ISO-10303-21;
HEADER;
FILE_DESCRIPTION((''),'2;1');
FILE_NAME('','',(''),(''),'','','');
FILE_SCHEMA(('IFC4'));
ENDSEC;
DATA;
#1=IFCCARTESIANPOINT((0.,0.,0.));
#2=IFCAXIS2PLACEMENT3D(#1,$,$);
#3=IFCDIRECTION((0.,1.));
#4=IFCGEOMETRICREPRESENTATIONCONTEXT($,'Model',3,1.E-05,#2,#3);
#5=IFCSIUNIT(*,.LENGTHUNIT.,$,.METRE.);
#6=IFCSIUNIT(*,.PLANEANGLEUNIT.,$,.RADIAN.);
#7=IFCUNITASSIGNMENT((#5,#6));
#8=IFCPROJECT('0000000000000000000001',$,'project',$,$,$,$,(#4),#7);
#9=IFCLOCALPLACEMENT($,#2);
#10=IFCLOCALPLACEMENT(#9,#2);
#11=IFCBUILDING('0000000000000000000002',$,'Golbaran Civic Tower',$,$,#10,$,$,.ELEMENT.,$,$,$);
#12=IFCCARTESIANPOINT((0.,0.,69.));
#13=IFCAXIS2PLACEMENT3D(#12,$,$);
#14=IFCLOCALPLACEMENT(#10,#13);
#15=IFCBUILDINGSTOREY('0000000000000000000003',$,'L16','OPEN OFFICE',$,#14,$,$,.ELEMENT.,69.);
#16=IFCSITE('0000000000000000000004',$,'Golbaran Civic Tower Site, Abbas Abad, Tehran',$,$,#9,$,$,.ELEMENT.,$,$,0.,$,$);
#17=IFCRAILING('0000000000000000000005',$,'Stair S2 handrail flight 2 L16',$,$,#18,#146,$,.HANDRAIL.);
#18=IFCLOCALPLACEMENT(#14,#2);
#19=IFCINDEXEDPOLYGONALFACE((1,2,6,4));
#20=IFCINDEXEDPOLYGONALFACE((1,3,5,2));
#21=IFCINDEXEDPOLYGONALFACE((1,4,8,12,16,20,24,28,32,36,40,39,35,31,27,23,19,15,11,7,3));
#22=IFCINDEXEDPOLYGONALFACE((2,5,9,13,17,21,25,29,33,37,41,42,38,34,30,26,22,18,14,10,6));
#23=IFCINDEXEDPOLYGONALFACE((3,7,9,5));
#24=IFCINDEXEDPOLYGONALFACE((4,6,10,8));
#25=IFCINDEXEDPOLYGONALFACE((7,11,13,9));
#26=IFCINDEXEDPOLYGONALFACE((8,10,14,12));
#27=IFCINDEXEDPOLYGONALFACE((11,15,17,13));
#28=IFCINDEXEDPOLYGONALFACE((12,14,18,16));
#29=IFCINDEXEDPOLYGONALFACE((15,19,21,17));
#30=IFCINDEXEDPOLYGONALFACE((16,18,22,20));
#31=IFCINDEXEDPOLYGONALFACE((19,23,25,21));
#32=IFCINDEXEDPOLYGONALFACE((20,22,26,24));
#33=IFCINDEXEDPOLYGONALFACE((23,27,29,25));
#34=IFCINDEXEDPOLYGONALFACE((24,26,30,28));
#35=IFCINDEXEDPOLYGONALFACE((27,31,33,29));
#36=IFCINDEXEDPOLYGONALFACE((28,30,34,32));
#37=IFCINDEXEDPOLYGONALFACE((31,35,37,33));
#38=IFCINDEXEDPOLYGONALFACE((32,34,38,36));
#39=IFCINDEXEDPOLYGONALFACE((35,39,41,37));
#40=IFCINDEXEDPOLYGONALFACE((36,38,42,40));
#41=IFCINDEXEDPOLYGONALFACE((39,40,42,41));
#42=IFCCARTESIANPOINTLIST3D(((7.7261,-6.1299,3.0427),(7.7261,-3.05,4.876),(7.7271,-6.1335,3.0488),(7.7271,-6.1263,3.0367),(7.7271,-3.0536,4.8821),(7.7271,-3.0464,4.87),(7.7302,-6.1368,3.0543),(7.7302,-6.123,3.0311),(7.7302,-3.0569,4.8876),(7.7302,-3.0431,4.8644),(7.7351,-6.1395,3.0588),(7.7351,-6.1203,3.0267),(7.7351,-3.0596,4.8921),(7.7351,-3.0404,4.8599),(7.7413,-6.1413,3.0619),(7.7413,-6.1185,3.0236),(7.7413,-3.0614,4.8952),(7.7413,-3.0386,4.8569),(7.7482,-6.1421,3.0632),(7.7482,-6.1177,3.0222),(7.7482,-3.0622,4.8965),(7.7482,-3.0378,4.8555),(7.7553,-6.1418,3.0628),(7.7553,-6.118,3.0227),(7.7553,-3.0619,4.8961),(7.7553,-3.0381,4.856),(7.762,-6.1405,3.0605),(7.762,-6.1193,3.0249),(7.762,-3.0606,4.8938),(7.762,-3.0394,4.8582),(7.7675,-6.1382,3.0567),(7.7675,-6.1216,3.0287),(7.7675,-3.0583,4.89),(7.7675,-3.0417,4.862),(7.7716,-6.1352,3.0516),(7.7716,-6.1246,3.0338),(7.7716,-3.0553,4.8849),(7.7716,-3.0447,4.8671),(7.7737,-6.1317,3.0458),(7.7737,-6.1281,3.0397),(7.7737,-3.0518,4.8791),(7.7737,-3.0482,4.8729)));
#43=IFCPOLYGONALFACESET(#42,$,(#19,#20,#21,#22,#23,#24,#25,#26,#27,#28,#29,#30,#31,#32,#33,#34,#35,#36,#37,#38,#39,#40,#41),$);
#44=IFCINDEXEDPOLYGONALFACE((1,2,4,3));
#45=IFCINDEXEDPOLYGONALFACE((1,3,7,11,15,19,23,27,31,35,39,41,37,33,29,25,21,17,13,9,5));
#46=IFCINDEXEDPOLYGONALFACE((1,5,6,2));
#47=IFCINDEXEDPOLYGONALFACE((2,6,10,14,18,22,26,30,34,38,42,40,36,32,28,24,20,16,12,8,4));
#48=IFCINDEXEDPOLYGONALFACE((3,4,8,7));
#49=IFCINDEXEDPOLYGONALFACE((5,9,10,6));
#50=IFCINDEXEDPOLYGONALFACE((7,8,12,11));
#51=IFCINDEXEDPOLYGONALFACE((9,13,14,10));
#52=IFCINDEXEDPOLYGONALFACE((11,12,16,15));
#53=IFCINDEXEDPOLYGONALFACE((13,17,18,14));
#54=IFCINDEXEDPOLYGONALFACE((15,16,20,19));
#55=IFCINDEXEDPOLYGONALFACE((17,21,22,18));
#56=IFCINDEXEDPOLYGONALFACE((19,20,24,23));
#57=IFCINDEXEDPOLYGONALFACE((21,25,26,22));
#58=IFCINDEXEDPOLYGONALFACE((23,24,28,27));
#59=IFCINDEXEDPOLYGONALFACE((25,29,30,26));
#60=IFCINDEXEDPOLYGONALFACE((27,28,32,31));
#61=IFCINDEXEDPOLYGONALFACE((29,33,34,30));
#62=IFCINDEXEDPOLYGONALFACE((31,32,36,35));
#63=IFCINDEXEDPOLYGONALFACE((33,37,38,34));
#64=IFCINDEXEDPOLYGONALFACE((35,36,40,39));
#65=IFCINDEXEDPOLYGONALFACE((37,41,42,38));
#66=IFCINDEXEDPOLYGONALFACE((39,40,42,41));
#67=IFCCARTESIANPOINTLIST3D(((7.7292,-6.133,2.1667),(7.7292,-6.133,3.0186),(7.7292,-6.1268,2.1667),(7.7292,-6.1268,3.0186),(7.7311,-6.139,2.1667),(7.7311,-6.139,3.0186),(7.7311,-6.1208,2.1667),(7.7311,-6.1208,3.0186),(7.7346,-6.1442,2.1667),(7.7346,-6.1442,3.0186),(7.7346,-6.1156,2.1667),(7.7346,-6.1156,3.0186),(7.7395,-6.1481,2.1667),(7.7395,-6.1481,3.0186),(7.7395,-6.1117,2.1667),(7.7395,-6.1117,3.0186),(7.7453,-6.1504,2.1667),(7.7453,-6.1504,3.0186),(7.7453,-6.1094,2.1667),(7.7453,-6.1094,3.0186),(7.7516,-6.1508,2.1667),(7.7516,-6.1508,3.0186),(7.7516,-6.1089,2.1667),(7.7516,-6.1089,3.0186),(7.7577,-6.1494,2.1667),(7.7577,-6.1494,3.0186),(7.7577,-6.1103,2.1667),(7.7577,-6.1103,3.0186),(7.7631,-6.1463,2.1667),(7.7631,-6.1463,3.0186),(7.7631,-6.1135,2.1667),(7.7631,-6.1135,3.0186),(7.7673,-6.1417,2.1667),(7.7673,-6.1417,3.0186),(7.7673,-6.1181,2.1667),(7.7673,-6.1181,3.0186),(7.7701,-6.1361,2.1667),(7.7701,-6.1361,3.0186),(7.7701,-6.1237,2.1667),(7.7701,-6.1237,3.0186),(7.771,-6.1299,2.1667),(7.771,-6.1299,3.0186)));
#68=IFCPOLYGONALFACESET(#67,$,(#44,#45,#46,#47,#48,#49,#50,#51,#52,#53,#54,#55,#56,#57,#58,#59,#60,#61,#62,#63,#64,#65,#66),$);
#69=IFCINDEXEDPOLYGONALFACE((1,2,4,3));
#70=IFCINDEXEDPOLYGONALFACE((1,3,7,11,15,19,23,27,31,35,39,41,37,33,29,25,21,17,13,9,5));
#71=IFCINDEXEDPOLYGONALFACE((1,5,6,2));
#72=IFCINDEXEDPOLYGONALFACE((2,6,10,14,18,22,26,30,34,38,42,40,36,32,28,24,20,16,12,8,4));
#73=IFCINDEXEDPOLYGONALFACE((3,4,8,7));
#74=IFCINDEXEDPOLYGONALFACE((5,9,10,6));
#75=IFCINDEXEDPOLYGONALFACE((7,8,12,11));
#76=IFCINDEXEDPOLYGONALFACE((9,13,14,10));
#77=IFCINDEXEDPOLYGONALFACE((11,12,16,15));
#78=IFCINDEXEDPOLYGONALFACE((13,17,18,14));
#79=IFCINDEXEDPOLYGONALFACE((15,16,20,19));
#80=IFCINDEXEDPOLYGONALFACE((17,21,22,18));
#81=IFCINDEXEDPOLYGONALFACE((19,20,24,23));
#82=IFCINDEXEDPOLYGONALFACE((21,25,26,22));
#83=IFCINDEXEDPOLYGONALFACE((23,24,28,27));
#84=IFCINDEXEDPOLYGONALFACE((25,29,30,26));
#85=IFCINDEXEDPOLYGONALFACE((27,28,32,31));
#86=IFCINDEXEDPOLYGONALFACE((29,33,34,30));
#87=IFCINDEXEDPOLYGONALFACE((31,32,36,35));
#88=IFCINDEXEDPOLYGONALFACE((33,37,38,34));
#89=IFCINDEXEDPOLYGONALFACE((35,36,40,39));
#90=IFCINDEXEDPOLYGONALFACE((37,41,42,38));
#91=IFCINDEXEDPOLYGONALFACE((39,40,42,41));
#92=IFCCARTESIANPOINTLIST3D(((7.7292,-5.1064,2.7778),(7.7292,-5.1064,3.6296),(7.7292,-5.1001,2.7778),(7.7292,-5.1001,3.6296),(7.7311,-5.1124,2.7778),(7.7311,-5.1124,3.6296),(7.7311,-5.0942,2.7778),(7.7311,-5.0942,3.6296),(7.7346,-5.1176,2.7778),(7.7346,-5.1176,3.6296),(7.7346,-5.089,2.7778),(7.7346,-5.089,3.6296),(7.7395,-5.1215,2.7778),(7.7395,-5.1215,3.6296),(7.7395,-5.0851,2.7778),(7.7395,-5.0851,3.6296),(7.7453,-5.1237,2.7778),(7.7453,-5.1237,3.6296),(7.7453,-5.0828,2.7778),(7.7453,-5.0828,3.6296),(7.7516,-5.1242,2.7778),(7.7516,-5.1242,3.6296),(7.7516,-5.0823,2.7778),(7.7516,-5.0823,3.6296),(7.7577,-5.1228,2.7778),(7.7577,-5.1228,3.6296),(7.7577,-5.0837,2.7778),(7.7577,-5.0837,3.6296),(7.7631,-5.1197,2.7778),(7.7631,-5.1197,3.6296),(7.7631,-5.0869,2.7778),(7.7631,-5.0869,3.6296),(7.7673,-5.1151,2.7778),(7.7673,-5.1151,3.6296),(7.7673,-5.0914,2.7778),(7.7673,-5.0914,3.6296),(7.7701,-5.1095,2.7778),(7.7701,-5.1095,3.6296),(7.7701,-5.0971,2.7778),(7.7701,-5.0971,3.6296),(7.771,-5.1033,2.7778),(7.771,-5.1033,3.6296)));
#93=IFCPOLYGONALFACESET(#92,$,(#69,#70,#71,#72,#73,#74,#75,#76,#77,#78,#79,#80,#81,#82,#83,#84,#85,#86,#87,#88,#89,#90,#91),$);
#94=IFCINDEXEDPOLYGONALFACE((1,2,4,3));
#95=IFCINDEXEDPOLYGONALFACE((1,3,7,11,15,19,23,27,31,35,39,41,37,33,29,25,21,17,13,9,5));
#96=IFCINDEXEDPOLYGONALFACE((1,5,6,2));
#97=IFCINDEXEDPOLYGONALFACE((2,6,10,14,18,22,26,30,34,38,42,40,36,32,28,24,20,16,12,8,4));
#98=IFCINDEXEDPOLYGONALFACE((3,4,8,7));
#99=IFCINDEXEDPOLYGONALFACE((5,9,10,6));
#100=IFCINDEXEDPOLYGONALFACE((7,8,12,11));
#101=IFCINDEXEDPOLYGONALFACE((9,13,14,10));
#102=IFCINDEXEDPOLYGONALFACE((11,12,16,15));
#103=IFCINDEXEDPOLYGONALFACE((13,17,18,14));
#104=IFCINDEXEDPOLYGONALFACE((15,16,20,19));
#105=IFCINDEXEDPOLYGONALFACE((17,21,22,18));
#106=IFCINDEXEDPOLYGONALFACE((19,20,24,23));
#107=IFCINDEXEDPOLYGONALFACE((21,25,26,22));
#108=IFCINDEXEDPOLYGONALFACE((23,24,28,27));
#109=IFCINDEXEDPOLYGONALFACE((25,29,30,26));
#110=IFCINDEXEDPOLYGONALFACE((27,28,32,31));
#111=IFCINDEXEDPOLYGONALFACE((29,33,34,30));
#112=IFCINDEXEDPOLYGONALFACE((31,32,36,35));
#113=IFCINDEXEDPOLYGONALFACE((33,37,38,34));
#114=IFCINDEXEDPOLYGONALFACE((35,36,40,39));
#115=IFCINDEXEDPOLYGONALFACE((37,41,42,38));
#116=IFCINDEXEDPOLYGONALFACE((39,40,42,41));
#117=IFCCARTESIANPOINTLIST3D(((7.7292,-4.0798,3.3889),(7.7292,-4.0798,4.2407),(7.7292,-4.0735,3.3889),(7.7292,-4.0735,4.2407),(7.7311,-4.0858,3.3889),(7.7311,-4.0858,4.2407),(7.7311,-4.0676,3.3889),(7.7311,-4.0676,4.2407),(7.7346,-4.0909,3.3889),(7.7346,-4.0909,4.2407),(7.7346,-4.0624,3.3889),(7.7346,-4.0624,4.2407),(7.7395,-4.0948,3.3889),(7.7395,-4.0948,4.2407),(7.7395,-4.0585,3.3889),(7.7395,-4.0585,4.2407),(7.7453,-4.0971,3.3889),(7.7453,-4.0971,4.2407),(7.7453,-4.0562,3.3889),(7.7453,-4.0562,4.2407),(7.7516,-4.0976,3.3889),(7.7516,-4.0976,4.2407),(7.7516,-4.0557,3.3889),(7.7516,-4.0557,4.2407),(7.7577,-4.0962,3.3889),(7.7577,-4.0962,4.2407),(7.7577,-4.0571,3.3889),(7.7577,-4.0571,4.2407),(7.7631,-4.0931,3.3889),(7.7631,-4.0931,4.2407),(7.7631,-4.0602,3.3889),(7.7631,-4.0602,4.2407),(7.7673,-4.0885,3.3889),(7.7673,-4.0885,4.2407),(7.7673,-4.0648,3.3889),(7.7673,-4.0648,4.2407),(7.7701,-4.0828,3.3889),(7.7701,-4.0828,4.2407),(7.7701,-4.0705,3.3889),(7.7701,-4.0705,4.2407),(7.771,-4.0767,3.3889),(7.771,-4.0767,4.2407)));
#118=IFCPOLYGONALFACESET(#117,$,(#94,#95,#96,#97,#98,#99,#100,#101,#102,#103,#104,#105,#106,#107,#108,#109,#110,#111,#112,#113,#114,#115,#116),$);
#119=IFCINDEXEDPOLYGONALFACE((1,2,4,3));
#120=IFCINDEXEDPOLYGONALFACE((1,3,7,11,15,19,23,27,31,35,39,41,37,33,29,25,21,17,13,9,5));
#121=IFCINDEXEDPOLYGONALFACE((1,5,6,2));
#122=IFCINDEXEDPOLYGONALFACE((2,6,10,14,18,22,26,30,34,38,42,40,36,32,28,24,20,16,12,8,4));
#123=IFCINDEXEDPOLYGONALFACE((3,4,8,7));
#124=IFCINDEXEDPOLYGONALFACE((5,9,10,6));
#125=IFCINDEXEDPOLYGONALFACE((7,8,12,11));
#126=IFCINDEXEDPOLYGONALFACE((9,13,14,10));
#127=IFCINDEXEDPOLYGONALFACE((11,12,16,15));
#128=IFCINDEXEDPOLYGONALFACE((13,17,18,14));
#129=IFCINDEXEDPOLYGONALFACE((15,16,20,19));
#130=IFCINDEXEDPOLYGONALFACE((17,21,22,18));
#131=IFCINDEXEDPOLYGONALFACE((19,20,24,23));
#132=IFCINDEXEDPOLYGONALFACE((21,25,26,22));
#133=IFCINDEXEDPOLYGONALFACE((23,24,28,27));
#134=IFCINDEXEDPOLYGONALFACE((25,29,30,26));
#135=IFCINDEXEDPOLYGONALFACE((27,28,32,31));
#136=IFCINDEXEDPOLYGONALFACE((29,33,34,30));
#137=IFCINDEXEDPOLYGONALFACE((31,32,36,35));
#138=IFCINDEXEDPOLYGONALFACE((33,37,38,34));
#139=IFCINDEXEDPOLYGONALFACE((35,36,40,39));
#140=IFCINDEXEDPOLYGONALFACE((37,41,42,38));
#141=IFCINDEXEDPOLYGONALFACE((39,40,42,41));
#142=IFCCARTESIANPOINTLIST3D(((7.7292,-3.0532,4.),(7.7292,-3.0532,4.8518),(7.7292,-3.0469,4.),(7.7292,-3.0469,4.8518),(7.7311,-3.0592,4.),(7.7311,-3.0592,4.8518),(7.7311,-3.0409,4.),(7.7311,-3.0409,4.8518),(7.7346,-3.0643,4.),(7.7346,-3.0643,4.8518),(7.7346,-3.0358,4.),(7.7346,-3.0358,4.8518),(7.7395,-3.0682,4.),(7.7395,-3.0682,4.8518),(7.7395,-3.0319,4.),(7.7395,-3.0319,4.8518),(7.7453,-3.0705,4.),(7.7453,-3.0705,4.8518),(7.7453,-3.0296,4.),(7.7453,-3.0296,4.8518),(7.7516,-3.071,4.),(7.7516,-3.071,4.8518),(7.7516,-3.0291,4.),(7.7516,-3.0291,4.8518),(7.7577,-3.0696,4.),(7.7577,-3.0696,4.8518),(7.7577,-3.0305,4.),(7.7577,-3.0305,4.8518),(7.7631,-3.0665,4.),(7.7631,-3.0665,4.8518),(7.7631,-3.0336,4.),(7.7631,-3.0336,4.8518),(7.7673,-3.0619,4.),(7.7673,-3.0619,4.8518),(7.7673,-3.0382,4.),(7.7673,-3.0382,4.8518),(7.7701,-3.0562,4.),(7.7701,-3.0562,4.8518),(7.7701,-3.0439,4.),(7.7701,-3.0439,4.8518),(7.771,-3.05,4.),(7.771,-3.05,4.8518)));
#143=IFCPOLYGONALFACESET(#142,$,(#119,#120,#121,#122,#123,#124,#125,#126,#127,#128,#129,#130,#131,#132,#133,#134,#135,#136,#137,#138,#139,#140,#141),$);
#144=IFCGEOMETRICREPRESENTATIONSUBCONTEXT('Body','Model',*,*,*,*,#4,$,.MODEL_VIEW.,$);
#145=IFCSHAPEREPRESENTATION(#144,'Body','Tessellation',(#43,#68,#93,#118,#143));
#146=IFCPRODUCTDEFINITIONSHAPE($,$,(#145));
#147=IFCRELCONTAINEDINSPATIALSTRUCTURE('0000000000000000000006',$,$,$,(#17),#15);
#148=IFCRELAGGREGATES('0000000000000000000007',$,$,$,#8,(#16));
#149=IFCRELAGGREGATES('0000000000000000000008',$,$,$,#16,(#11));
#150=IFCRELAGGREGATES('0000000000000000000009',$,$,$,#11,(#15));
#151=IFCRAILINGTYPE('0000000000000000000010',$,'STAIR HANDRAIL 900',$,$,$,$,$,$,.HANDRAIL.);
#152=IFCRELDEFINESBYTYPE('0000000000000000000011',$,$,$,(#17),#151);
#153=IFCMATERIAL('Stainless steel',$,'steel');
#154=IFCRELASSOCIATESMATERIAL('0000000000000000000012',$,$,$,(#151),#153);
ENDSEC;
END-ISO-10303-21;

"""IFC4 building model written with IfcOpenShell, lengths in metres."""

from ifc_helpers import new_model, si_unit, direction, frame, origin, origin_2d, place, context, subcontext, project, spatial, circle, extrude, material, type_object, element, save


model = new_model("IFC4")

# Units and contexts
model_context = context("Model", 3, precision=1e-05, world=origin(), true_north=direction((0.0, 1.0)))
body_context = subcontext(model_context, "Body", "Model", "MODEL_VIEW")
ifc_project = project(units=[si_unit("LENGTHUNIT", "METRE"), si_unit("PLANEANGLEUNIT", "RADIAN")], contexts=[model_context])

# Site, building, storey
site_placement = place(None, origin())
site = spatial("IfcSite", under=ifc_project, at=site_placement, Name="Golbaran Civic Tower Site, Abbas Abad, Tehran", CompositionType="ELEMENT", RefElevation=0.0)
building_placement = place(site_placement, origin())
building = spatial("IfcBuilding", under=site, at=building_placement, Name="Golbaran Civic Tower", CompositionType="ELEMENT")
storey_placement = place(building_placement, frame((0.0, 0.0, 69.0)))
storey = spatial("IfcBuildingStorey", under=building, at=storey_placement, Name="L16", Description="OPEN OFFICE", CompositionType="ELEMENT", Elevation=69.0)

# Shared definitions
ifc_material_1 = material(Name="Stainless steel", Category="steel")

# Railing
railing_type = type_object("IfcRailingType", Name="STAIR HANDRAIL 900", PredefinedType="HANDRAIL", material=ifc_material_1)
railing_1_placement = place(storey_placement, frame((7.75, -6.1299, 2.1667)))
element("IfcRailing", 1, at=railing_1_placement, inside=storey, type_object=railing_type, Name="Stair S2 handrail flight 2 L16", PredefinedType="HANDRAIL", context=body_context, shape_type="SweptSolid", body=[
    extrude(circle(Radius=0.0239, at=origin_2d()), frame((0.0, 0.0, 0.876), z_axis=(0.0, 0.859291, 0.511487), x_axis=(-1.0, 0.0, 0.0)), (0.0, 0.0, 1.0), 3.5842),
    extrude(circle(Radius=0.021, at=origin_2d()), origin(), (0.0, 0.0, 1.0), 0.8518),
    extrude(circle(Radius=0.021, at=origin_2d()), frame((0.0, 1.0266, 0.6111)), (0.0, 0.0, 1.0), 0.8518),
    extrude(circle(Radius=0.021, at=origin_2d()), frame((0.0, 2.0532, 1.2222)), (0.0, 0.0, 1.0), 0.8518),
    extrude(circle(Radius=0.021, at=origin_2d()), frame((0.0, 3.0798, 1.8333)), (0.0, 0.0, 1.0), 0.8518),
])

save(model, "model.ifc")
